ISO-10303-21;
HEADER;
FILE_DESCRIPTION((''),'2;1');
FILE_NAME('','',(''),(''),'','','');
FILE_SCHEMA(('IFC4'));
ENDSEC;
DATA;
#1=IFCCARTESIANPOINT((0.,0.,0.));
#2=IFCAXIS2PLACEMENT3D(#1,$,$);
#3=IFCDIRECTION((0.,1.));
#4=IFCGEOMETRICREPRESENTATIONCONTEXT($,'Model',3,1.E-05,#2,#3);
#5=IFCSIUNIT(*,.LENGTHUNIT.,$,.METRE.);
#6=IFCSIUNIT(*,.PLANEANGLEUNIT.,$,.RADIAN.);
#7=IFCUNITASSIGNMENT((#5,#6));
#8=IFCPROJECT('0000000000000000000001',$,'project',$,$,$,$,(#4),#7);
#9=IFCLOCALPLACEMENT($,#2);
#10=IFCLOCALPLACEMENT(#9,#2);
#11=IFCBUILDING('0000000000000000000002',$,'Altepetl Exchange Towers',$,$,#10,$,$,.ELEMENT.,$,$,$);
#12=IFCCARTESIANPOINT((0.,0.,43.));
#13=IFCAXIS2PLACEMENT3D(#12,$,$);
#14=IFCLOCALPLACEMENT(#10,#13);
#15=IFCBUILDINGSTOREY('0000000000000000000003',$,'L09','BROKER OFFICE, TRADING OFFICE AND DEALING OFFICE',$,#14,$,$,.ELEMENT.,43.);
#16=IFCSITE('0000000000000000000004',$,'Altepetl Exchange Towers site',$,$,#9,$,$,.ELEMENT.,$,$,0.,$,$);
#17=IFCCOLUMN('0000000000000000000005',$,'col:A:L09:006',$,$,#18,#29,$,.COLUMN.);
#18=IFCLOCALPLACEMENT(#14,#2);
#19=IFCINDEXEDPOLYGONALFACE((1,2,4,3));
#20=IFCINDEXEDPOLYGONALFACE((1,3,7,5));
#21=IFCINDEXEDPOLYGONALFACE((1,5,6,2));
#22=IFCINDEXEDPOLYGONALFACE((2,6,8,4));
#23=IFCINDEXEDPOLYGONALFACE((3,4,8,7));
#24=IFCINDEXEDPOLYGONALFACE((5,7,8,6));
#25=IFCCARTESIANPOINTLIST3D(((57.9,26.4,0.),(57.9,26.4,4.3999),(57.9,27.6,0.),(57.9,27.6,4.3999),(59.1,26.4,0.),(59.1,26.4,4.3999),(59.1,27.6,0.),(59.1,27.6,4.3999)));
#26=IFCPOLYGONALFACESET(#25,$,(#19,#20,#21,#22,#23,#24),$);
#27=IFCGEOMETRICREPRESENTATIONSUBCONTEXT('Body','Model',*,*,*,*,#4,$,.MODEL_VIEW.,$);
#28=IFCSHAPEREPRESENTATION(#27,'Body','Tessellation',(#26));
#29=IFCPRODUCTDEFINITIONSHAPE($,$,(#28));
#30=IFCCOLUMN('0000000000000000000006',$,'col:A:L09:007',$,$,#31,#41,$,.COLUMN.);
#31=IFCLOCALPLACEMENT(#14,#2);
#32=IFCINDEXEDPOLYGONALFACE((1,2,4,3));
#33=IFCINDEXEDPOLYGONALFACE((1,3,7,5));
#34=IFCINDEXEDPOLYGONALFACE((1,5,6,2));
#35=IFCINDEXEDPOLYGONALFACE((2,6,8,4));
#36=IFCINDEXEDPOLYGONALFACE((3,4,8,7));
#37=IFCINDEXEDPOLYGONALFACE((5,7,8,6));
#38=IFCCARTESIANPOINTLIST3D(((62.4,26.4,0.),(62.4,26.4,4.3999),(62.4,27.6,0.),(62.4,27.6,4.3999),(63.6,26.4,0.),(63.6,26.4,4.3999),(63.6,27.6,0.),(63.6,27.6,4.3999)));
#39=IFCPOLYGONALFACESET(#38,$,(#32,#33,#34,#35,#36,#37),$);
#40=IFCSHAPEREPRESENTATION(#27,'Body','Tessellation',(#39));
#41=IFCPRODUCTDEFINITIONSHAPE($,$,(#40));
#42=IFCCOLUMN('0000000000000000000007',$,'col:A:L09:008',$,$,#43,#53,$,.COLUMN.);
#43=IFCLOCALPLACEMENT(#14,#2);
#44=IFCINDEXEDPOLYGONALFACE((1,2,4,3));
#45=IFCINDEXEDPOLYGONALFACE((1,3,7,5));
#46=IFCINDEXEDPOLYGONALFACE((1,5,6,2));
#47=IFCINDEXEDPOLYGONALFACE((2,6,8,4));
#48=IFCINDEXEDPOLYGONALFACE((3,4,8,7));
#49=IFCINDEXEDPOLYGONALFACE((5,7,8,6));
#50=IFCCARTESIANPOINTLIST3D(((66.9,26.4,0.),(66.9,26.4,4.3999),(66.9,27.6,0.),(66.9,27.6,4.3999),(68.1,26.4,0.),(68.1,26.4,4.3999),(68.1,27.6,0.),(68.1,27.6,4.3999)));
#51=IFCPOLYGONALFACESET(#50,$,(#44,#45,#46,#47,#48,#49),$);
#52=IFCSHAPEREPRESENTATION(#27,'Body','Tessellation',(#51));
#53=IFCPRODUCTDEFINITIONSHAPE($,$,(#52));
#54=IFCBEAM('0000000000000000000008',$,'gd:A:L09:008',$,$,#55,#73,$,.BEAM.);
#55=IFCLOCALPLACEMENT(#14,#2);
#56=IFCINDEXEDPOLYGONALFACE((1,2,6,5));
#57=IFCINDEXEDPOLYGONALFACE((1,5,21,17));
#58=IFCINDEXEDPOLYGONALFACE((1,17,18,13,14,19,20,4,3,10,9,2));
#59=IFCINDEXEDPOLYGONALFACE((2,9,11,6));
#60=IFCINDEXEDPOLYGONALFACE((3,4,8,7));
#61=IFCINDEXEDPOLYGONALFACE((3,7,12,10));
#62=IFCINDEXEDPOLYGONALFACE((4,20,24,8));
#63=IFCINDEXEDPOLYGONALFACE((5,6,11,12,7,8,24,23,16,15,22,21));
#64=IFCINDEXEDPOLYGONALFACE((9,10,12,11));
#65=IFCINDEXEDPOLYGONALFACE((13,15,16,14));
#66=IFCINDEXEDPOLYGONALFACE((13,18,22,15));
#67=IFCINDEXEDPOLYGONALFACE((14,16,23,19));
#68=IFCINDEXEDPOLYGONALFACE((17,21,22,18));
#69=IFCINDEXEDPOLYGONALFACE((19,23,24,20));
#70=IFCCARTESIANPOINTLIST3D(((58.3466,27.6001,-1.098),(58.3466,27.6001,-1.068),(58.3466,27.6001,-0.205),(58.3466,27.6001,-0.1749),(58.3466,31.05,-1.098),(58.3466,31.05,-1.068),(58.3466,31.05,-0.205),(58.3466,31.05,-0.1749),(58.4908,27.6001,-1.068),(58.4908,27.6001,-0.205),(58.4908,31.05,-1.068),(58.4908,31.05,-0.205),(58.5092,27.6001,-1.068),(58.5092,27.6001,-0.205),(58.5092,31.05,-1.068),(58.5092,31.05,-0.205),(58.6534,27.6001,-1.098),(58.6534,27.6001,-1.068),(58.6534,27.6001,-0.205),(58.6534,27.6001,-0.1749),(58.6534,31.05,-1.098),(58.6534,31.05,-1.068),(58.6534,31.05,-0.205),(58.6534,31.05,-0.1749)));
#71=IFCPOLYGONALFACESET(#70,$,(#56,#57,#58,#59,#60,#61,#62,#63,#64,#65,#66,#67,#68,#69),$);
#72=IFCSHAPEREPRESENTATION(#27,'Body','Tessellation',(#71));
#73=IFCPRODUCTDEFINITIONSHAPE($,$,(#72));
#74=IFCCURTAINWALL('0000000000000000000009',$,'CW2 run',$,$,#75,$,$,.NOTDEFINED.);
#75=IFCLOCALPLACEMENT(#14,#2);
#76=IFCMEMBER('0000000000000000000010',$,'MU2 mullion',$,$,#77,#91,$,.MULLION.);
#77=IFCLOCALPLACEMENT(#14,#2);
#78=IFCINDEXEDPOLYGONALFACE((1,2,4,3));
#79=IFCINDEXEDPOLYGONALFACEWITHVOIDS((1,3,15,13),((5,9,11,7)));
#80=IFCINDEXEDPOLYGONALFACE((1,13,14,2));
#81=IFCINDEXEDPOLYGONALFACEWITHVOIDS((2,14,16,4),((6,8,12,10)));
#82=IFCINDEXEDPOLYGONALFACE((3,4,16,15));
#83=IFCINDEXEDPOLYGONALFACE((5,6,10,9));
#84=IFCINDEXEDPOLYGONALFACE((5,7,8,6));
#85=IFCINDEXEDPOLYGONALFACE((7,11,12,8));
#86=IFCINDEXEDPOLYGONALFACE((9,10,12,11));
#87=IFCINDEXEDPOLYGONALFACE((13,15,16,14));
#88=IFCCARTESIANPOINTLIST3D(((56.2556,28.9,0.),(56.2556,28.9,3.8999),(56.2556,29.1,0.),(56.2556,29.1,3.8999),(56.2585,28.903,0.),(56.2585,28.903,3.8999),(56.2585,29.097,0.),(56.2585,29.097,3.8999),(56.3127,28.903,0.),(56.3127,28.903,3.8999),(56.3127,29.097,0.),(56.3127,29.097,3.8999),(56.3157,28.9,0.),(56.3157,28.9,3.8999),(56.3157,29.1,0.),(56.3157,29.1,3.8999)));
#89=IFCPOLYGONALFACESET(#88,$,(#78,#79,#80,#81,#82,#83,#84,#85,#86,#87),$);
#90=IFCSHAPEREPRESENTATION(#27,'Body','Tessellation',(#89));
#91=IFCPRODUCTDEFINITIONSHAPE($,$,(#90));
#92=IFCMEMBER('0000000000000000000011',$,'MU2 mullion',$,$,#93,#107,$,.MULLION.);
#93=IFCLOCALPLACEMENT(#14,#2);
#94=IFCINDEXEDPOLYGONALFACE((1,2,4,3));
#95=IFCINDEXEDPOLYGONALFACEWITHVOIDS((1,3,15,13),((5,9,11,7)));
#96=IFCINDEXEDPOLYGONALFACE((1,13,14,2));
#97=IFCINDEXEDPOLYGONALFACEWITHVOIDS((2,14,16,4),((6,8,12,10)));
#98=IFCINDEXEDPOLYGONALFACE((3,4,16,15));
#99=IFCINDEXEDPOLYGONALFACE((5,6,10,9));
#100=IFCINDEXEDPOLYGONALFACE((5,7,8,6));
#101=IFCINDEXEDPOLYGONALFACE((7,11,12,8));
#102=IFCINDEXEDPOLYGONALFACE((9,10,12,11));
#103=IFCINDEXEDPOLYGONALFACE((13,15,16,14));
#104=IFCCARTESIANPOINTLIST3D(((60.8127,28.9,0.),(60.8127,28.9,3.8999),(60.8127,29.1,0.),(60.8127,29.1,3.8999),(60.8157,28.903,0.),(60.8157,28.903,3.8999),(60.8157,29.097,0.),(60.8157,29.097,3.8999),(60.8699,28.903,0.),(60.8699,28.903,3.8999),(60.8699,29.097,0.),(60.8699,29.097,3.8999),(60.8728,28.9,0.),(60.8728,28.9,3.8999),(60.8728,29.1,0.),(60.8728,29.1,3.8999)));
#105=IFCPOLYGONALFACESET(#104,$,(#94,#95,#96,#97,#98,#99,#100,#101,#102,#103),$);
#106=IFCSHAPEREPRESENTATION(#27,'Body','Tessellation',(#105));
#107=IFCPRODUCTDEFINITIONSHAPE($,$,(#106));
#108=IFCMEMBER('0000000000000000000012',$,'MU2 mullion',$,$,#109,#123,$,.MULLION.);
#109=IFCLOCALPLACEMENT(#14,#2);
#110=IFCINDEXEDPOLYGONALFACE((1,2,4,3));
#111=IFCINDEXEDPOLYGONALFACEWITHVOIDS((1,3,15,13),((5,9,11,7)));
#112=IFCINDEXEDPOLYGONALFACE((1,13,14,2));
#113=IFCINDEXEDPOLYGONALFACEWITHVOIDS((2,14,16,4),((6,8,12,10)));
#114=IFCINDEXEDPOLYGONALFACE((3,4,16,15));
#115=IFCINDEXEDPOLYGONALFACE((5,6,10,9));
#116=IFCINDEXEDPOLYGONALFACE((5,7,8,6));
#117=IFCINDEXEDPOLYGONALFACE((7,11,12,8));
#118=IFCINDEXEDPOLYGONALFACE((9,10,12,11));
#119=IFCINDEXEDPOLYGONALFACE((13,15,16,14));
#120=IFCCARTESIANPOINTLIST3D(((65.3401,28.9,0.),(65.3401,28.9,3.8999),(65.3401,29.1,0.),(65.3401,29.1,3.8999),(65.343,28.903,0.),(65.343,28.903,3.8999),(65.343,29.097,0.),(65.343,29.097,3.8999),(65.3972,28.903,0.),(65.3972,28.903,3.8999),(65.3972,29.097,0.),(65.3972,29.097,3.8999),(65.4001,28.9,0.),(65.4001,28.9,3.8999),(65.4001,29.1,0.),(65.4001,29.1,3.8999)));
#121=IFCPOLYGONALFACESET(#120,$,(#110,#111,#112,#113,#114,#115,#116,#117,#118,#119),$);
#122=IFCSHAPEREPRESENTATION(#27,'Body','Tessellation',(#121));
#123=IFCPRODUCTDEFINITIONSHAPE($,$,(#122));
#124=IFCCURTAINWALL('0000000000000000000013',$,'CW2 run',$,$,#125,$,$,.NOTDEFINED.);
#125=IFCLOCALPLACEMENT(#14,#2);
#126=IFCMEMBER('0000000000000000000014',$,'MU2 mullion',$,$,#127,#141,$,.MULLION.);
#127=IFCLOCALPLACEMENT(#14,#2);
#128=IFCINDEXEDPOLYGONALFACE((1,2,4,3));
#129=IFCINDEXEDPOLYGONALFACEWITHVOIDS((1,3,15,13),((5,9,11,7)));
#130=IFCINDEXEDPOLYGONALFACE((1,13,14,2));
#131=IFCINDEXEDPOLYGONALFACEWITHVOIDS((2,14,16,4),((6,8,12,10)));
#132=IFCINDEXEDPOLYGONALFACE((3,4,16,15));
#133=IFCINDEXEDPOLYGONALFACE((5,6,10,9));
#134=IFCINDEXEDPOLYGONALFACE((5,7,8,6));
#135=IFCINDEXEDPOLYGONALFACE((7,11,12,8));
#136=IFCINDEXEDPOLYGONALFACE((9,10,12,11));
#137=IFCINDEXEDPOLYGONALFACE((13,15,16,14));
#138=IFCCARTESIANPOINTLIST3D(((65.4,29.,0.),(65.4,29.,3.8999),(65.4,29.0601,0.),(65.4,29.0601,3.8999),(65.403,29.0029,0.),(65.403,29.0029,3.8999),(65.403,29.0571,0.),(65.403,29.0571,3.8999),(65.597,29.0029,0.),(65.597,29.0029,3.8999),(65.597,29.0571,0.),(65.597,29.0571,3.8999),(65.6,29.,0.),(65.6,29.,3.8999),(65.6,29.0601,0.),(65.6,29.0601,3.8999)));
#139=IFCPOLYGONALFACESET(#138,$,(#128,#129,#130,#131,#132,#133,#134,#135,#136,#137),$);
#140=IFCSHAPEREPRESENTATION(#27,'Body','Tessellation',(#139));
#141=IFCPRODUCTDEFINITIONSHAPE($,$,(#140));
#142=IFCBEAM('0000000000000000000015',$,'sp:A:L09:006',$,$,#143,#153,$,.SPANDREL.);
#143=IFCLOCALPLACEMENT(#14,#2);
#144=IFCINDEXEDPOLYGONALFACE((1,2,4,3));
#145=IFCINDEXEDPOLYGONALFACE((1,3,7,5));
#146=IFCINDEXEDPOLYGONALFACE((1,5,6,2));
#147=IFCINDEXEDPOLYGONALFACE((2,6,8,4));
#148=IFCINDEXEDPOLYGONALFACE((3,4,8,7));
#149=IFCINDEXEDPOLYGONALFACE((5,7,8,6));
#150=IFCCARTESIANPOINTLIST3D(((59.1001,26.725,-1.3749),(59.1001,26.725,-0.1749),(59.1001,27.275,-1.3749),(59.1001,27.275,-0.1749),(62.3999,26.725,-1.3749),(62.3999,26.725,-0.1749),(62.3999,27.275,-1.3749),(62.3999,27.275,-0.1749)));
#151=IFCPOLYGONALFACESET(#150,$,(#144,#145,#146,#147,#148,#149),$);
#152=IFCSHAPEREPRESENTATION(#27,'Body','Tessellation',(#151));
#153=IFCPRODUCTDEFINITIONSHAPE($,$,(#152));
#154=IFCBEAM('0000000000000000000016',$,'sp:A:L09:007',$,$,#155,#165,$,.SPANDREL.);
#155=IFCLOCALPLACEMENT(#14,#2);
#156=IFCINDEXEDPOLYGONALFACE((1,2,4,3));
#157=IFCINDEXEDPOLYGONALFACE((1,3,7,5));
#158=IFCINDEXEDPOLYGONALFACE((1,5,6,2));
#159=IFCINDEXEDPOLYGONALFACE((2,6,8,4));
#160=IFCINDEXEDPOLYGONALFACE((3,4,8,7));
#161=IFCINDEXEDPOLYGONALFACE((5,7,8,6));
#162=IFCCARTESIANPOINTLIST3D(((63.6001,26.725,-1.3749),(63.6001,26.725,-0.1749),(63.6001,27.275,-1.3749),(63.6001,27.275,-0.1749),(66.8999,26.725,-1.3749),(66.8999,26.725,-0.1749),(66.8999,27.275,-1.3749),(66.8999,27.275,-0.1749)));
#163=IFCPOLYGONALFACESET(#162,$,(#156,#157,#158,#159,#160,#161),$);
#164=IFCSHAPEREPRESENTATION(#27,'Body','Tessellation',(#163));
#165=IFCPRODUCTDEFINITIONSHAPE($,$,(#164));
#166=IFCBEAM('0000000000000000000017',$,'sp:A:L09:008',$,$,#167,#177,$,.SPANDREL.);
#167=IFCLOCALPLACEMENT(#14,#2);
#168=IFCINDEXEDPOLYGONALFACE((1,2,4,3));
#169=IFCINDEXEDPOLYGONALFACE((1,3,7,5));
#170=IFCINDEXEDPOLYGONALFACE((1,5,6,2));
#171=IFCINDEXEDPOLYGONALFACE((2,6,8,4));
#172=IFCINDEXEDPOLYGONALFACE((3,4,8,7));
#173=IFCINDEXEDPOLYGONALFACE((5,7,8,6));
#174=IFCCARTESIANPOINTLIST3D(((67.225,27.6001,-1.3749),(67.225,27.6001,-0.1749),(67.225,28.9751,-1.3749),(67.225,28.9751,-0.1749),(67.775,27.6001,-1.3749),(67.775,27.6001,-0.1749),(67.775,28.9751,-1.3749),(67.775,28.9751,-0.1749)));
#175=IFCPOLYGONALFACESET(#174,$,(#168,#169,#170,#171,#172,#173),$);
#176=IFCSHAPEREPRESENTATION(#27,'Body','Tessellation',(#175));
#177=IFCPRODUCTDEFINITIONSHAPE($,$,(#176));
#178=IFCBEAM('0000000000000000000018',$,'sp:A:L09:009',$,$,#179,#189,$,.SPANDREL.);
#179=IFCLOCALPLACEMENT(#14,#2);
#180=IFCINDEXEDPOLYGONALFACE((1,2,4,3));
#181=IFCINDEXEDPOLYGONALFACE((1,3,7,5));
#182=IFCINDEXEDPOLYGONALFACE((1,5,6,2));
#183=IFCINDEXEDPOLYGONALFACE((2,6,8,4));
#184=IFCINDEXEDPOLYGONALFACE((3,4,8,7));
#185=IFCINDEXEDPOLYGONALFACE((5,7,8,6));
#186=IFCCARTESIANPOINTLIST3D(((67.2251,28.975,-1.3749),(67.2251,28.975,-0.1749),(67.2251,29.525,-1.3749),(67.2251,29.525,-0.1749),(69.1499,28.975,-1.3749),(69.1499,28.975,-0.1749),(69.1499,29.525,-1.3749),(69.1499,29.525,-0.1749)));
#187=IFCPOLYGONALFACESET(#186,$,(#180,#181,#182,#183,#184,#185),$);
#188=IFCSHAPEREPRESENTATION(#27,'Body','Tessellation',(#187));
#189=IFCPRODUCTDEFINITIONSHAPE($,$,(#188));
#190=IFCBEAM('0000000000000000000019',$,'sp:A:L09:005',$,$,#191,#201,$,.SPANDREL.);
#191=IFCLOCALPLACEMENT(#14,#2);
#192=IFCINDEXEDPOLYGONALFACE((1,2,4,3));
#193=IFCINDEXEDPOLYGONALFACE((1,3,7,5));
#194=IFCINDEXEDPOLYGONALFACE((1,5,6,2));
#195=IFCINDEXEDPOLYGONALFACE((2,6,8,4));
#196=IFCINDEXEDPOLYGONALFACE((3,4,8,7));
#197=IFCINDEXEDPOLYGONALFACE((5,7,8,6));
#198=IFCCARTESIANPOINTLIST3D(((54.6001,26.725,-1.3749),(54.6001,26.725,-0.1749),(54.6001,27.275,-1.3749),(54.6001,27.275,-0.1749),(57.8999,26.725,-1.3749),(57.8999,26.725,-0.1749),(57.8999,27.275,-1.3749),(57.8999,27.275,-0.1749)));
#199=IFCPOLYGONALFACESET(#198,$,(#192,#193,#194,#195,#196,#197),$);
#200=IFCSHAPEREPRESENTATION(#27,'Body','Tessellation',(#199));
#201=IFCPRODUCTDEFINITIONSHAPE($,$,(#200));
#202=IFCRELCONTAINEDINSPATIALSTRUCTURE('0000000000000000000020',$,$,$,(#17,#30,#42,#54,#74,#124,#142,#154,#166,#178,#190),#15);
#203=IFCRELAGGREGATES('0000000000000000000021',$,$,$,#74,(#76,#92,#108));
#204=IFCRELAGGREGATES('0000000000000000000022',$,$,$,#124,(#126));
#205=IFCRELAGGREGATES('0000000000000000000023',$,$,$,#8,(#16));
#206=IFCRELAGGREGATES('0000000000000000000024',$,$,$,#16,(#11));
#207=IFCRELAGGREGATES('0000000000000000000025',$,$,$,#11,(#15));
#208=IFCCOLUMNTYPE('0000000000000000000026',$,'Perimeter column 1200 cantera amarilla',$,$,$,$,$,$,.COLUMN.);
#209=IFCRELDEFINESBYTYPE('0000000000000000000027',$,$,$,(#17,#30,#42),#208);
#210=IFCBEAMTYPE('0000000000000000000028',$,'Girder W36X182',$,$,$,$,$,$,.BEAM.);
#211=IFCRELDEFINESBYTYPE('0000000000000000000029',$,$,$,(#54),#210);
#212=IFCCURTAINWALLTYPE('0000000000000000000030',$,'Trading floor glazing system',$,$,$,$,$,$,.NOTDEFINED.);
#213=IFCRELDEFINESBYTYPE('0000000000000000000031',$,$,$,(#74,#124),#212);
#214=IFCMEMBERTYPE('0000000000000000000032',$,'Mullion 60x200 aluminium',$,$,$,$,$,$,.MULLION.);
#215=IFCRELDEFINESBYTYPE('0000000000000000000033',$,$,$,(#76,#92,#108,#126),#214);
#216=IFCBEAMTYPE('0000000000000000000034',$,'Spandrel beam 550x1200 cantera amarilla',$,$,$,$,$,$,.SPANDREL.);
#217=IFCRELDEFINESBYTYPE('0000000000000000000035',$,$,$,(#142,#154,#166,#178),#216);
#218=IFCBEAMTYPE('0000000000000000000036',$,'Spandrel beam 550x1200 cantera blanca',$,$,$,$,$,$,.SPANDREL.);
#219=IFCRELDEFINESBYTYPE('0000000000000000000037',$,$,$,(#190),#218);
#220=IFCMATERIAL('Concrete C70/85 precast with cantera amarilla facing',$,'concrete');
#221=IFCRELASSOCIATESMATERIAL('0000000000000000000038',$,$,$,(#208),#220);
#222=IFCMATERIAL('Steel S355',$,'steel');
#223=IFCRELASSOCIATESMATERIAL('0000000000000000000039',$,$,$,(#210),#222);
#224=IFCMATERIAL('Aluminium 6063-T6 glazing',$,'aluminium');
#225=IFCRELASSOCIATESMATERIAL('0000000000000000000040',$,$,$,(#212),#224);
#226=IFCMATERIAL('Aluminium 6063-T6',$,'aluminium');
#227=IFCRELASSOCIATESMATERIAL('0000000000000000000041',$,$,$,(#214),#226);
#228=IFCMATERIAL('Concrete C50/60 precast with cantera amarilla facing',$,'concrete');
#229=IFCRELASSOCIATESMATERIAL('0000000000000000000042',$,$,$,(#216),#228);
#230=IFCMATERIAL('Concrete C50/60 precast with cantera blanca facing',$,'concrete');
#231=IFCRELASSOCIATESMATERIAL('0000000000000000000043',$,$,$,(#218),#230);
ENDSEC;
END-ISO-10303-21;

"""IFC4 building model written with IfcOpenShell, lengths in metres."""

from ifc_helpers import new_model, si_unit, direction, frame, origin, origin_2d, place, context, subcontext, project, spatial, rectangle, hollow_rectangle, i_section, extrude, material, material_profile, profile_set, type_object, element, aggregate, save


model = new_model("IFC4")

# Units and contexts
model_context = context("Model", 3, precision=1e-05, world=origin(), true_north=direction((0.0, 1.0)))
body_context = subcontext(model_context, "Body", "Model", "MODEL_VIEW")
ifc_project = project(units=[si_unit("LENGTHUNIT", "METRE"), si_unit("PLANEANGLEUNIT", "RADIAN")], contexts=[model_context])

# Site, building, storey
site_placement = place(None, origin())
site = spatial("IfcSite", under=ifc_project, at=site_placement, Name="Altepetl Exchange Towers site", CompositionType="ELEMENT", RefElevation=0.0)
building_placement = place(site_placement, origin())
building = spatial("IfcBuilding", under=site, at=building_placement, Name="Altepetl Exchange Towers", CompositionType="ELEMENT")
storey_placement = place(building_placement, frame((0.0, 0.0, 43.0)))
storey = spatial("IfcBuildingStorey", under=building, at=storey_placement, Name="L09", Description="BROKER OFFICE, TRADING OFFICE AND DEALING OFFICE", CompositionType="ELEMENT", Elevation=43.0)

# Columns
ifc_material_1 = material(Name="Concrete C70/85 precast with cantera amarilla facing", Category="concrete")
ifc_material_profile_1 = material_profile(ifc_material_1, rectangle(XDim=1.2, YDim=1.2, at=origin_2d()), Name="1200 x 1200")
ifc_profile_set_1 = profile_set([ifc_material_profile_1], Name="Concrete C70/85 precast with cantera amarilla facing")
column_type = type_object("IfcColumnType", Name="Perimeter column 1200 cantera amarilla", PredefinedType="COLUMN", material=ifc_profile_set_1)
for number, where, name in (
    (1, (58.5, 27.0, 0.0), "col:A:L09:006"),
    (2, (63.0, 27.0, 0.0), "col:A:L09:007"),
    (3, (67.5, 27.0, 0.0), "col:A:L09:008"),
):
    element("IfcColumn", number, at=place(storey_placement, frame(where)), inside=storey, type_object=column_type, Name=name, PredefinedType="COLUMN", context=body_context, shape_type="SweptSolid", body=[
        extrude(rectangle(XDim=1.2, YDim=1.2, at=origin_2d()), origin(), (0.0, 0.0, 1.0), 4.3999),
    ])

# Beam
ifc_material_2 = material(Name="Steel S355", Category="steel")
ifc_material_profile_2 = material_profile(ifc_material_2, i_section(OverallWidth=0.3069, OverallDepth=0.9231, WebThickness=0.0183, FlangeThickness=0.03, at=origin_2d()), Name="W36X182")
ifc_profile_set_2 = profile_set([ifc_material_profile_2], Name="Steel S355")
beam_type_1 = type_object("IfcBeamType", Name="Girder W36X182", PredefinedType="BEAM", material=ifc_profile_set_2)
beam_1_placement = place(storey_placement, frame((58.5, 31.05, -0.6365), z_axis=(0.0, -1.0, 0.0), x_axis=(1.0, 0.0, 0.0)))
element("IfcBeam", 4, at=beam_1_placement, inside=storey, type_object=beam_type_1, Name="gd:A:L09:008", PredefinedType="BEAM", context=body_context, shape_type="SweptSolid", body=[
    extrude(i_section(OverallWidth=0.3069, OverallDepth=0.9231, WebThickness=0.0183, FlangeThickness=0.03, at=origin_2d()), origin(), (0.0, 0.0, 1.0), 3.45),
])

# Curtain wall, members
ifc_material_3 = material(Name="Aluminium 6063-T6 glazing", Category="aluminium")
curtain_wall_type = type_object("IfcCurtainWallType", Name="Trading floor glazing system", PredefinedType="NOTDEFINED", material=ifc_material_3)
curtain_wall_1_placement = place(storey_placement, origin())
curtain_wall_1 = element("IfcCurtainWall", 5, at=curtain_wall_1_placement, inside=storey, type_object=curtain_wall_type, Name="CW2 run", PredefinedType="NOTDEFINED")
ifc_material_4 = material(Name="Aluminium 6063-T6", Category="aluminium")
ifc_material_profile_3 = material_profile(ifc_material_4, hollow_rectangle(XDim=0.0601, YDim=0.2, WallThickness=0.0029, at=origin_2d()), Name="Mullion 60x200 aluminium")
ifc_profile_set_3 = profile_set([ifc_material_profile_3], Name="Aluminium 6063-T6")
member_type = type_object("IfcMemberType", Name="Mullion 60x200 aluminium", PredefinedType="MULLION", material=ifc_profile_set_3)
member_1_placement = place(storey_placement, frame((56.2856, 29.0, 0.0)))
member_1 = element("IfcMember", 6, at=member_1_placement, type_object=member_type, Name="MU2 mullion", PredefinedType="MULLION", context=body_context, shape_type="SweptSolid", body=[
    extrude(hollow_rectangle(XDim=0.0601, YDim=0.2, WallThickness=0.0029, at=origin_2d()), origin(), (0.0, 0.0, 1.0), 3.8999),
])
member_2_placement = place(storey_placement, frame((60.8428, 29.0, 0.0)))
member_2 = element("IfcMember", 7, at=member_2_placement, type_object=member_type, Name="MU2 mullion", PredefinedType="MULLION", context=body_context, shape_type="SweptSolid", body=[
    extrude(hollow_rectangle(XDim=0.0601, YDim=0.2, WallThickness=0.0029, at=origin_2d()), origin(), (0.0, 0.0, 1.0), 3.8999),
])
member_3_placement = place(storey_placement, frame((65.3701, 29.0, 0.0)))
member_3 = element("IfcMember", 8, at=member_3_placement, type_object=member_type, Name="MU2 mullion", PredefinedType="MULLION", context=body_context, shape_type="SweptSolid", body=[
    extrude(hollow_rectangle(XDim=0.0601, YDim=0.2, WallThickness=0.0029, at=origin_2d()), origin(), (0.0, 0.0, 1.0), 3.8999),
])

# Curtain wall, member
curtain_wall_2_placement = place(storey_placement, origin())
curtain_wall_2 = element("IfcCurtainWall", 9, at=curtain_wall_2_placement, inside=storey, type_object=curtain_wall_type, Name="CW2 run", PredefinedType="NOTDEFINED")
member_4_placement = place(storey_placement, frame((65.5, 29.03, 0.0), z_axis=(0.0, 0.0, 1.0), x_axis=(0.0, 1.0, 0.0)))
member_4 = element("IfcMember", 10, at=member_4_placement, type_object=member_type, Name="MU2 mullion", PredefinedType="MULLION", context=body_context, shape_type="SweptSolid", body=[
    extrude(hollow_rectangle(XDim=0.0601, YDim=0.2, WallThickness=0.0029, at=origin_2d()), origin(), (0.0, 0.0, 1.0), 3.8999),
])

# Beams
ifc_material_5 = material(Name="Concrete C50/60 precast with cantera amarilla facing", Category="concrete")
ifc_material_profile_4 = material_profile(ifc_material_5, rectangle(XDim=0.55, YDim=1.2, at=origin_2d()), Name="550 x 1200")
ifc_profile_set_4 = profile_set([ifc_material_profile_4], Name="Concrete C50/60 precast with cantera amarilla facing")
beam_type_2 = type_object("IfcBeamType", Name="Spandrel beam 550x1200 cantera amarilla", PredefinedType="SPANDREL", material=ifc_profile_set_4)
for number, where, z_axis, x_axis, name in (
    (11, (59.1001, 27.0, -0.7749), (1.0, 0.0, 0.0), (0.0, 1.0, 0.0), "sp:A:L09:006"),
    (12, (63.6001, 27.0, -0.7749), (1.0, 0.0, 0.0), (0.0, 1.0, 0.0), "sp:A:L09:007"),
):
    element("IfcBeam", number, at=place(storey_placement, frame(where, z_axis=z_axis, x_axis=x_axis)), inside=storey, type_object=beam_type_2, Name=name, PredefinedType="SPANDREL", context=body_context, shape_type="SweptSolid", body=[
        extrude(rectangle(XDim=0.55, YDim=1.2, at=origin_2d()), origin(), (0.0, 0.0, 1.0), 3.2998),
    ])
beam_2_placement = place(storey_placement, frame((67.5, 27.6001, -0.7749), z_axis=(0.0, 1.0, 0.0), x_axis=(-1.0, 0.0, 0.0)))
element("IfcBeam", 13, at=beam_2_placement, inside=storey, type_object=beam_type_2, Name="sp:A:L09:008", PredefinedType="SPANDREL", context=body_context, shape_type="SweptSolid", body=[
    extrude(rectangle(XDim=0.55, YDim=1.2, at=origin_2d()), origin(), (0.0, 0.0, 1.0), 1.375),
])
beam_3_placement = place(storey_placement, frame((67.2251, 29.25, -0.7749), z_axis=(1.0, 0.0, 0.0), x_axis=(0.0, 1.0, 0.0)))
element("IfcBeam", 14, at=beam_3_placement, inside=storey, type_object=beam_type_2, Name="sp:A:L09:009", PredefinedType="SPANDREL", context=body_context, shape_type="SweptSolid", body=[
    extrude(rectangle(XDim=0.55, YDim=1.2, at=origin_2d()), origin(), (0.0, 0.0, 1.0), 1.9248),
])
ifc_material_6 = material(Name="Concrete C50/60 precast with cantera blanca facing", Category="concrete")
ifc_material_profile_5 = material_profile(ifc_material_6, rectangle(XDim=0.55, YDim=1.2, at=origin_2d()), Name="550 x 1200")
ifc_profile_set_5 = profile_set([ifc_material_profile_5], Name="Concrete C50/60 precast with cantera blanca facing")
beam_type_3 = type_object("IfcBeamType", Name="Spandrel beam 550x1200 cantera blanca", PredefinedType="SPANDREL", material=ifc_profile_set_5)
beam_4_placement = place(storey_placement, frame((54.6001, 27.0, -0.7749), z_axis=(1.0, 0.0, 0.0), x_axis=(0.0, 1.0, 0.0)))
element("IfcBeam", 15, at=beam_4_placement, inside=storey, type_object=beam_type_3, Name="sp:A:L09:005", PredefinedType="SPANDREL", context=body_context, shape_type="SweptSolid", body=[
    extrude(rectangle(XDim=0.55, YDim=1.2, at=origin_2d()), origin(), (0.0, 0.0, 1.0), 3.2998),
])

aggregate(curtain_wall_1, [member_1, member_2, member_3])
aggregate(curtain_wall_2, [member_4])

save(model, "model.ifc")
